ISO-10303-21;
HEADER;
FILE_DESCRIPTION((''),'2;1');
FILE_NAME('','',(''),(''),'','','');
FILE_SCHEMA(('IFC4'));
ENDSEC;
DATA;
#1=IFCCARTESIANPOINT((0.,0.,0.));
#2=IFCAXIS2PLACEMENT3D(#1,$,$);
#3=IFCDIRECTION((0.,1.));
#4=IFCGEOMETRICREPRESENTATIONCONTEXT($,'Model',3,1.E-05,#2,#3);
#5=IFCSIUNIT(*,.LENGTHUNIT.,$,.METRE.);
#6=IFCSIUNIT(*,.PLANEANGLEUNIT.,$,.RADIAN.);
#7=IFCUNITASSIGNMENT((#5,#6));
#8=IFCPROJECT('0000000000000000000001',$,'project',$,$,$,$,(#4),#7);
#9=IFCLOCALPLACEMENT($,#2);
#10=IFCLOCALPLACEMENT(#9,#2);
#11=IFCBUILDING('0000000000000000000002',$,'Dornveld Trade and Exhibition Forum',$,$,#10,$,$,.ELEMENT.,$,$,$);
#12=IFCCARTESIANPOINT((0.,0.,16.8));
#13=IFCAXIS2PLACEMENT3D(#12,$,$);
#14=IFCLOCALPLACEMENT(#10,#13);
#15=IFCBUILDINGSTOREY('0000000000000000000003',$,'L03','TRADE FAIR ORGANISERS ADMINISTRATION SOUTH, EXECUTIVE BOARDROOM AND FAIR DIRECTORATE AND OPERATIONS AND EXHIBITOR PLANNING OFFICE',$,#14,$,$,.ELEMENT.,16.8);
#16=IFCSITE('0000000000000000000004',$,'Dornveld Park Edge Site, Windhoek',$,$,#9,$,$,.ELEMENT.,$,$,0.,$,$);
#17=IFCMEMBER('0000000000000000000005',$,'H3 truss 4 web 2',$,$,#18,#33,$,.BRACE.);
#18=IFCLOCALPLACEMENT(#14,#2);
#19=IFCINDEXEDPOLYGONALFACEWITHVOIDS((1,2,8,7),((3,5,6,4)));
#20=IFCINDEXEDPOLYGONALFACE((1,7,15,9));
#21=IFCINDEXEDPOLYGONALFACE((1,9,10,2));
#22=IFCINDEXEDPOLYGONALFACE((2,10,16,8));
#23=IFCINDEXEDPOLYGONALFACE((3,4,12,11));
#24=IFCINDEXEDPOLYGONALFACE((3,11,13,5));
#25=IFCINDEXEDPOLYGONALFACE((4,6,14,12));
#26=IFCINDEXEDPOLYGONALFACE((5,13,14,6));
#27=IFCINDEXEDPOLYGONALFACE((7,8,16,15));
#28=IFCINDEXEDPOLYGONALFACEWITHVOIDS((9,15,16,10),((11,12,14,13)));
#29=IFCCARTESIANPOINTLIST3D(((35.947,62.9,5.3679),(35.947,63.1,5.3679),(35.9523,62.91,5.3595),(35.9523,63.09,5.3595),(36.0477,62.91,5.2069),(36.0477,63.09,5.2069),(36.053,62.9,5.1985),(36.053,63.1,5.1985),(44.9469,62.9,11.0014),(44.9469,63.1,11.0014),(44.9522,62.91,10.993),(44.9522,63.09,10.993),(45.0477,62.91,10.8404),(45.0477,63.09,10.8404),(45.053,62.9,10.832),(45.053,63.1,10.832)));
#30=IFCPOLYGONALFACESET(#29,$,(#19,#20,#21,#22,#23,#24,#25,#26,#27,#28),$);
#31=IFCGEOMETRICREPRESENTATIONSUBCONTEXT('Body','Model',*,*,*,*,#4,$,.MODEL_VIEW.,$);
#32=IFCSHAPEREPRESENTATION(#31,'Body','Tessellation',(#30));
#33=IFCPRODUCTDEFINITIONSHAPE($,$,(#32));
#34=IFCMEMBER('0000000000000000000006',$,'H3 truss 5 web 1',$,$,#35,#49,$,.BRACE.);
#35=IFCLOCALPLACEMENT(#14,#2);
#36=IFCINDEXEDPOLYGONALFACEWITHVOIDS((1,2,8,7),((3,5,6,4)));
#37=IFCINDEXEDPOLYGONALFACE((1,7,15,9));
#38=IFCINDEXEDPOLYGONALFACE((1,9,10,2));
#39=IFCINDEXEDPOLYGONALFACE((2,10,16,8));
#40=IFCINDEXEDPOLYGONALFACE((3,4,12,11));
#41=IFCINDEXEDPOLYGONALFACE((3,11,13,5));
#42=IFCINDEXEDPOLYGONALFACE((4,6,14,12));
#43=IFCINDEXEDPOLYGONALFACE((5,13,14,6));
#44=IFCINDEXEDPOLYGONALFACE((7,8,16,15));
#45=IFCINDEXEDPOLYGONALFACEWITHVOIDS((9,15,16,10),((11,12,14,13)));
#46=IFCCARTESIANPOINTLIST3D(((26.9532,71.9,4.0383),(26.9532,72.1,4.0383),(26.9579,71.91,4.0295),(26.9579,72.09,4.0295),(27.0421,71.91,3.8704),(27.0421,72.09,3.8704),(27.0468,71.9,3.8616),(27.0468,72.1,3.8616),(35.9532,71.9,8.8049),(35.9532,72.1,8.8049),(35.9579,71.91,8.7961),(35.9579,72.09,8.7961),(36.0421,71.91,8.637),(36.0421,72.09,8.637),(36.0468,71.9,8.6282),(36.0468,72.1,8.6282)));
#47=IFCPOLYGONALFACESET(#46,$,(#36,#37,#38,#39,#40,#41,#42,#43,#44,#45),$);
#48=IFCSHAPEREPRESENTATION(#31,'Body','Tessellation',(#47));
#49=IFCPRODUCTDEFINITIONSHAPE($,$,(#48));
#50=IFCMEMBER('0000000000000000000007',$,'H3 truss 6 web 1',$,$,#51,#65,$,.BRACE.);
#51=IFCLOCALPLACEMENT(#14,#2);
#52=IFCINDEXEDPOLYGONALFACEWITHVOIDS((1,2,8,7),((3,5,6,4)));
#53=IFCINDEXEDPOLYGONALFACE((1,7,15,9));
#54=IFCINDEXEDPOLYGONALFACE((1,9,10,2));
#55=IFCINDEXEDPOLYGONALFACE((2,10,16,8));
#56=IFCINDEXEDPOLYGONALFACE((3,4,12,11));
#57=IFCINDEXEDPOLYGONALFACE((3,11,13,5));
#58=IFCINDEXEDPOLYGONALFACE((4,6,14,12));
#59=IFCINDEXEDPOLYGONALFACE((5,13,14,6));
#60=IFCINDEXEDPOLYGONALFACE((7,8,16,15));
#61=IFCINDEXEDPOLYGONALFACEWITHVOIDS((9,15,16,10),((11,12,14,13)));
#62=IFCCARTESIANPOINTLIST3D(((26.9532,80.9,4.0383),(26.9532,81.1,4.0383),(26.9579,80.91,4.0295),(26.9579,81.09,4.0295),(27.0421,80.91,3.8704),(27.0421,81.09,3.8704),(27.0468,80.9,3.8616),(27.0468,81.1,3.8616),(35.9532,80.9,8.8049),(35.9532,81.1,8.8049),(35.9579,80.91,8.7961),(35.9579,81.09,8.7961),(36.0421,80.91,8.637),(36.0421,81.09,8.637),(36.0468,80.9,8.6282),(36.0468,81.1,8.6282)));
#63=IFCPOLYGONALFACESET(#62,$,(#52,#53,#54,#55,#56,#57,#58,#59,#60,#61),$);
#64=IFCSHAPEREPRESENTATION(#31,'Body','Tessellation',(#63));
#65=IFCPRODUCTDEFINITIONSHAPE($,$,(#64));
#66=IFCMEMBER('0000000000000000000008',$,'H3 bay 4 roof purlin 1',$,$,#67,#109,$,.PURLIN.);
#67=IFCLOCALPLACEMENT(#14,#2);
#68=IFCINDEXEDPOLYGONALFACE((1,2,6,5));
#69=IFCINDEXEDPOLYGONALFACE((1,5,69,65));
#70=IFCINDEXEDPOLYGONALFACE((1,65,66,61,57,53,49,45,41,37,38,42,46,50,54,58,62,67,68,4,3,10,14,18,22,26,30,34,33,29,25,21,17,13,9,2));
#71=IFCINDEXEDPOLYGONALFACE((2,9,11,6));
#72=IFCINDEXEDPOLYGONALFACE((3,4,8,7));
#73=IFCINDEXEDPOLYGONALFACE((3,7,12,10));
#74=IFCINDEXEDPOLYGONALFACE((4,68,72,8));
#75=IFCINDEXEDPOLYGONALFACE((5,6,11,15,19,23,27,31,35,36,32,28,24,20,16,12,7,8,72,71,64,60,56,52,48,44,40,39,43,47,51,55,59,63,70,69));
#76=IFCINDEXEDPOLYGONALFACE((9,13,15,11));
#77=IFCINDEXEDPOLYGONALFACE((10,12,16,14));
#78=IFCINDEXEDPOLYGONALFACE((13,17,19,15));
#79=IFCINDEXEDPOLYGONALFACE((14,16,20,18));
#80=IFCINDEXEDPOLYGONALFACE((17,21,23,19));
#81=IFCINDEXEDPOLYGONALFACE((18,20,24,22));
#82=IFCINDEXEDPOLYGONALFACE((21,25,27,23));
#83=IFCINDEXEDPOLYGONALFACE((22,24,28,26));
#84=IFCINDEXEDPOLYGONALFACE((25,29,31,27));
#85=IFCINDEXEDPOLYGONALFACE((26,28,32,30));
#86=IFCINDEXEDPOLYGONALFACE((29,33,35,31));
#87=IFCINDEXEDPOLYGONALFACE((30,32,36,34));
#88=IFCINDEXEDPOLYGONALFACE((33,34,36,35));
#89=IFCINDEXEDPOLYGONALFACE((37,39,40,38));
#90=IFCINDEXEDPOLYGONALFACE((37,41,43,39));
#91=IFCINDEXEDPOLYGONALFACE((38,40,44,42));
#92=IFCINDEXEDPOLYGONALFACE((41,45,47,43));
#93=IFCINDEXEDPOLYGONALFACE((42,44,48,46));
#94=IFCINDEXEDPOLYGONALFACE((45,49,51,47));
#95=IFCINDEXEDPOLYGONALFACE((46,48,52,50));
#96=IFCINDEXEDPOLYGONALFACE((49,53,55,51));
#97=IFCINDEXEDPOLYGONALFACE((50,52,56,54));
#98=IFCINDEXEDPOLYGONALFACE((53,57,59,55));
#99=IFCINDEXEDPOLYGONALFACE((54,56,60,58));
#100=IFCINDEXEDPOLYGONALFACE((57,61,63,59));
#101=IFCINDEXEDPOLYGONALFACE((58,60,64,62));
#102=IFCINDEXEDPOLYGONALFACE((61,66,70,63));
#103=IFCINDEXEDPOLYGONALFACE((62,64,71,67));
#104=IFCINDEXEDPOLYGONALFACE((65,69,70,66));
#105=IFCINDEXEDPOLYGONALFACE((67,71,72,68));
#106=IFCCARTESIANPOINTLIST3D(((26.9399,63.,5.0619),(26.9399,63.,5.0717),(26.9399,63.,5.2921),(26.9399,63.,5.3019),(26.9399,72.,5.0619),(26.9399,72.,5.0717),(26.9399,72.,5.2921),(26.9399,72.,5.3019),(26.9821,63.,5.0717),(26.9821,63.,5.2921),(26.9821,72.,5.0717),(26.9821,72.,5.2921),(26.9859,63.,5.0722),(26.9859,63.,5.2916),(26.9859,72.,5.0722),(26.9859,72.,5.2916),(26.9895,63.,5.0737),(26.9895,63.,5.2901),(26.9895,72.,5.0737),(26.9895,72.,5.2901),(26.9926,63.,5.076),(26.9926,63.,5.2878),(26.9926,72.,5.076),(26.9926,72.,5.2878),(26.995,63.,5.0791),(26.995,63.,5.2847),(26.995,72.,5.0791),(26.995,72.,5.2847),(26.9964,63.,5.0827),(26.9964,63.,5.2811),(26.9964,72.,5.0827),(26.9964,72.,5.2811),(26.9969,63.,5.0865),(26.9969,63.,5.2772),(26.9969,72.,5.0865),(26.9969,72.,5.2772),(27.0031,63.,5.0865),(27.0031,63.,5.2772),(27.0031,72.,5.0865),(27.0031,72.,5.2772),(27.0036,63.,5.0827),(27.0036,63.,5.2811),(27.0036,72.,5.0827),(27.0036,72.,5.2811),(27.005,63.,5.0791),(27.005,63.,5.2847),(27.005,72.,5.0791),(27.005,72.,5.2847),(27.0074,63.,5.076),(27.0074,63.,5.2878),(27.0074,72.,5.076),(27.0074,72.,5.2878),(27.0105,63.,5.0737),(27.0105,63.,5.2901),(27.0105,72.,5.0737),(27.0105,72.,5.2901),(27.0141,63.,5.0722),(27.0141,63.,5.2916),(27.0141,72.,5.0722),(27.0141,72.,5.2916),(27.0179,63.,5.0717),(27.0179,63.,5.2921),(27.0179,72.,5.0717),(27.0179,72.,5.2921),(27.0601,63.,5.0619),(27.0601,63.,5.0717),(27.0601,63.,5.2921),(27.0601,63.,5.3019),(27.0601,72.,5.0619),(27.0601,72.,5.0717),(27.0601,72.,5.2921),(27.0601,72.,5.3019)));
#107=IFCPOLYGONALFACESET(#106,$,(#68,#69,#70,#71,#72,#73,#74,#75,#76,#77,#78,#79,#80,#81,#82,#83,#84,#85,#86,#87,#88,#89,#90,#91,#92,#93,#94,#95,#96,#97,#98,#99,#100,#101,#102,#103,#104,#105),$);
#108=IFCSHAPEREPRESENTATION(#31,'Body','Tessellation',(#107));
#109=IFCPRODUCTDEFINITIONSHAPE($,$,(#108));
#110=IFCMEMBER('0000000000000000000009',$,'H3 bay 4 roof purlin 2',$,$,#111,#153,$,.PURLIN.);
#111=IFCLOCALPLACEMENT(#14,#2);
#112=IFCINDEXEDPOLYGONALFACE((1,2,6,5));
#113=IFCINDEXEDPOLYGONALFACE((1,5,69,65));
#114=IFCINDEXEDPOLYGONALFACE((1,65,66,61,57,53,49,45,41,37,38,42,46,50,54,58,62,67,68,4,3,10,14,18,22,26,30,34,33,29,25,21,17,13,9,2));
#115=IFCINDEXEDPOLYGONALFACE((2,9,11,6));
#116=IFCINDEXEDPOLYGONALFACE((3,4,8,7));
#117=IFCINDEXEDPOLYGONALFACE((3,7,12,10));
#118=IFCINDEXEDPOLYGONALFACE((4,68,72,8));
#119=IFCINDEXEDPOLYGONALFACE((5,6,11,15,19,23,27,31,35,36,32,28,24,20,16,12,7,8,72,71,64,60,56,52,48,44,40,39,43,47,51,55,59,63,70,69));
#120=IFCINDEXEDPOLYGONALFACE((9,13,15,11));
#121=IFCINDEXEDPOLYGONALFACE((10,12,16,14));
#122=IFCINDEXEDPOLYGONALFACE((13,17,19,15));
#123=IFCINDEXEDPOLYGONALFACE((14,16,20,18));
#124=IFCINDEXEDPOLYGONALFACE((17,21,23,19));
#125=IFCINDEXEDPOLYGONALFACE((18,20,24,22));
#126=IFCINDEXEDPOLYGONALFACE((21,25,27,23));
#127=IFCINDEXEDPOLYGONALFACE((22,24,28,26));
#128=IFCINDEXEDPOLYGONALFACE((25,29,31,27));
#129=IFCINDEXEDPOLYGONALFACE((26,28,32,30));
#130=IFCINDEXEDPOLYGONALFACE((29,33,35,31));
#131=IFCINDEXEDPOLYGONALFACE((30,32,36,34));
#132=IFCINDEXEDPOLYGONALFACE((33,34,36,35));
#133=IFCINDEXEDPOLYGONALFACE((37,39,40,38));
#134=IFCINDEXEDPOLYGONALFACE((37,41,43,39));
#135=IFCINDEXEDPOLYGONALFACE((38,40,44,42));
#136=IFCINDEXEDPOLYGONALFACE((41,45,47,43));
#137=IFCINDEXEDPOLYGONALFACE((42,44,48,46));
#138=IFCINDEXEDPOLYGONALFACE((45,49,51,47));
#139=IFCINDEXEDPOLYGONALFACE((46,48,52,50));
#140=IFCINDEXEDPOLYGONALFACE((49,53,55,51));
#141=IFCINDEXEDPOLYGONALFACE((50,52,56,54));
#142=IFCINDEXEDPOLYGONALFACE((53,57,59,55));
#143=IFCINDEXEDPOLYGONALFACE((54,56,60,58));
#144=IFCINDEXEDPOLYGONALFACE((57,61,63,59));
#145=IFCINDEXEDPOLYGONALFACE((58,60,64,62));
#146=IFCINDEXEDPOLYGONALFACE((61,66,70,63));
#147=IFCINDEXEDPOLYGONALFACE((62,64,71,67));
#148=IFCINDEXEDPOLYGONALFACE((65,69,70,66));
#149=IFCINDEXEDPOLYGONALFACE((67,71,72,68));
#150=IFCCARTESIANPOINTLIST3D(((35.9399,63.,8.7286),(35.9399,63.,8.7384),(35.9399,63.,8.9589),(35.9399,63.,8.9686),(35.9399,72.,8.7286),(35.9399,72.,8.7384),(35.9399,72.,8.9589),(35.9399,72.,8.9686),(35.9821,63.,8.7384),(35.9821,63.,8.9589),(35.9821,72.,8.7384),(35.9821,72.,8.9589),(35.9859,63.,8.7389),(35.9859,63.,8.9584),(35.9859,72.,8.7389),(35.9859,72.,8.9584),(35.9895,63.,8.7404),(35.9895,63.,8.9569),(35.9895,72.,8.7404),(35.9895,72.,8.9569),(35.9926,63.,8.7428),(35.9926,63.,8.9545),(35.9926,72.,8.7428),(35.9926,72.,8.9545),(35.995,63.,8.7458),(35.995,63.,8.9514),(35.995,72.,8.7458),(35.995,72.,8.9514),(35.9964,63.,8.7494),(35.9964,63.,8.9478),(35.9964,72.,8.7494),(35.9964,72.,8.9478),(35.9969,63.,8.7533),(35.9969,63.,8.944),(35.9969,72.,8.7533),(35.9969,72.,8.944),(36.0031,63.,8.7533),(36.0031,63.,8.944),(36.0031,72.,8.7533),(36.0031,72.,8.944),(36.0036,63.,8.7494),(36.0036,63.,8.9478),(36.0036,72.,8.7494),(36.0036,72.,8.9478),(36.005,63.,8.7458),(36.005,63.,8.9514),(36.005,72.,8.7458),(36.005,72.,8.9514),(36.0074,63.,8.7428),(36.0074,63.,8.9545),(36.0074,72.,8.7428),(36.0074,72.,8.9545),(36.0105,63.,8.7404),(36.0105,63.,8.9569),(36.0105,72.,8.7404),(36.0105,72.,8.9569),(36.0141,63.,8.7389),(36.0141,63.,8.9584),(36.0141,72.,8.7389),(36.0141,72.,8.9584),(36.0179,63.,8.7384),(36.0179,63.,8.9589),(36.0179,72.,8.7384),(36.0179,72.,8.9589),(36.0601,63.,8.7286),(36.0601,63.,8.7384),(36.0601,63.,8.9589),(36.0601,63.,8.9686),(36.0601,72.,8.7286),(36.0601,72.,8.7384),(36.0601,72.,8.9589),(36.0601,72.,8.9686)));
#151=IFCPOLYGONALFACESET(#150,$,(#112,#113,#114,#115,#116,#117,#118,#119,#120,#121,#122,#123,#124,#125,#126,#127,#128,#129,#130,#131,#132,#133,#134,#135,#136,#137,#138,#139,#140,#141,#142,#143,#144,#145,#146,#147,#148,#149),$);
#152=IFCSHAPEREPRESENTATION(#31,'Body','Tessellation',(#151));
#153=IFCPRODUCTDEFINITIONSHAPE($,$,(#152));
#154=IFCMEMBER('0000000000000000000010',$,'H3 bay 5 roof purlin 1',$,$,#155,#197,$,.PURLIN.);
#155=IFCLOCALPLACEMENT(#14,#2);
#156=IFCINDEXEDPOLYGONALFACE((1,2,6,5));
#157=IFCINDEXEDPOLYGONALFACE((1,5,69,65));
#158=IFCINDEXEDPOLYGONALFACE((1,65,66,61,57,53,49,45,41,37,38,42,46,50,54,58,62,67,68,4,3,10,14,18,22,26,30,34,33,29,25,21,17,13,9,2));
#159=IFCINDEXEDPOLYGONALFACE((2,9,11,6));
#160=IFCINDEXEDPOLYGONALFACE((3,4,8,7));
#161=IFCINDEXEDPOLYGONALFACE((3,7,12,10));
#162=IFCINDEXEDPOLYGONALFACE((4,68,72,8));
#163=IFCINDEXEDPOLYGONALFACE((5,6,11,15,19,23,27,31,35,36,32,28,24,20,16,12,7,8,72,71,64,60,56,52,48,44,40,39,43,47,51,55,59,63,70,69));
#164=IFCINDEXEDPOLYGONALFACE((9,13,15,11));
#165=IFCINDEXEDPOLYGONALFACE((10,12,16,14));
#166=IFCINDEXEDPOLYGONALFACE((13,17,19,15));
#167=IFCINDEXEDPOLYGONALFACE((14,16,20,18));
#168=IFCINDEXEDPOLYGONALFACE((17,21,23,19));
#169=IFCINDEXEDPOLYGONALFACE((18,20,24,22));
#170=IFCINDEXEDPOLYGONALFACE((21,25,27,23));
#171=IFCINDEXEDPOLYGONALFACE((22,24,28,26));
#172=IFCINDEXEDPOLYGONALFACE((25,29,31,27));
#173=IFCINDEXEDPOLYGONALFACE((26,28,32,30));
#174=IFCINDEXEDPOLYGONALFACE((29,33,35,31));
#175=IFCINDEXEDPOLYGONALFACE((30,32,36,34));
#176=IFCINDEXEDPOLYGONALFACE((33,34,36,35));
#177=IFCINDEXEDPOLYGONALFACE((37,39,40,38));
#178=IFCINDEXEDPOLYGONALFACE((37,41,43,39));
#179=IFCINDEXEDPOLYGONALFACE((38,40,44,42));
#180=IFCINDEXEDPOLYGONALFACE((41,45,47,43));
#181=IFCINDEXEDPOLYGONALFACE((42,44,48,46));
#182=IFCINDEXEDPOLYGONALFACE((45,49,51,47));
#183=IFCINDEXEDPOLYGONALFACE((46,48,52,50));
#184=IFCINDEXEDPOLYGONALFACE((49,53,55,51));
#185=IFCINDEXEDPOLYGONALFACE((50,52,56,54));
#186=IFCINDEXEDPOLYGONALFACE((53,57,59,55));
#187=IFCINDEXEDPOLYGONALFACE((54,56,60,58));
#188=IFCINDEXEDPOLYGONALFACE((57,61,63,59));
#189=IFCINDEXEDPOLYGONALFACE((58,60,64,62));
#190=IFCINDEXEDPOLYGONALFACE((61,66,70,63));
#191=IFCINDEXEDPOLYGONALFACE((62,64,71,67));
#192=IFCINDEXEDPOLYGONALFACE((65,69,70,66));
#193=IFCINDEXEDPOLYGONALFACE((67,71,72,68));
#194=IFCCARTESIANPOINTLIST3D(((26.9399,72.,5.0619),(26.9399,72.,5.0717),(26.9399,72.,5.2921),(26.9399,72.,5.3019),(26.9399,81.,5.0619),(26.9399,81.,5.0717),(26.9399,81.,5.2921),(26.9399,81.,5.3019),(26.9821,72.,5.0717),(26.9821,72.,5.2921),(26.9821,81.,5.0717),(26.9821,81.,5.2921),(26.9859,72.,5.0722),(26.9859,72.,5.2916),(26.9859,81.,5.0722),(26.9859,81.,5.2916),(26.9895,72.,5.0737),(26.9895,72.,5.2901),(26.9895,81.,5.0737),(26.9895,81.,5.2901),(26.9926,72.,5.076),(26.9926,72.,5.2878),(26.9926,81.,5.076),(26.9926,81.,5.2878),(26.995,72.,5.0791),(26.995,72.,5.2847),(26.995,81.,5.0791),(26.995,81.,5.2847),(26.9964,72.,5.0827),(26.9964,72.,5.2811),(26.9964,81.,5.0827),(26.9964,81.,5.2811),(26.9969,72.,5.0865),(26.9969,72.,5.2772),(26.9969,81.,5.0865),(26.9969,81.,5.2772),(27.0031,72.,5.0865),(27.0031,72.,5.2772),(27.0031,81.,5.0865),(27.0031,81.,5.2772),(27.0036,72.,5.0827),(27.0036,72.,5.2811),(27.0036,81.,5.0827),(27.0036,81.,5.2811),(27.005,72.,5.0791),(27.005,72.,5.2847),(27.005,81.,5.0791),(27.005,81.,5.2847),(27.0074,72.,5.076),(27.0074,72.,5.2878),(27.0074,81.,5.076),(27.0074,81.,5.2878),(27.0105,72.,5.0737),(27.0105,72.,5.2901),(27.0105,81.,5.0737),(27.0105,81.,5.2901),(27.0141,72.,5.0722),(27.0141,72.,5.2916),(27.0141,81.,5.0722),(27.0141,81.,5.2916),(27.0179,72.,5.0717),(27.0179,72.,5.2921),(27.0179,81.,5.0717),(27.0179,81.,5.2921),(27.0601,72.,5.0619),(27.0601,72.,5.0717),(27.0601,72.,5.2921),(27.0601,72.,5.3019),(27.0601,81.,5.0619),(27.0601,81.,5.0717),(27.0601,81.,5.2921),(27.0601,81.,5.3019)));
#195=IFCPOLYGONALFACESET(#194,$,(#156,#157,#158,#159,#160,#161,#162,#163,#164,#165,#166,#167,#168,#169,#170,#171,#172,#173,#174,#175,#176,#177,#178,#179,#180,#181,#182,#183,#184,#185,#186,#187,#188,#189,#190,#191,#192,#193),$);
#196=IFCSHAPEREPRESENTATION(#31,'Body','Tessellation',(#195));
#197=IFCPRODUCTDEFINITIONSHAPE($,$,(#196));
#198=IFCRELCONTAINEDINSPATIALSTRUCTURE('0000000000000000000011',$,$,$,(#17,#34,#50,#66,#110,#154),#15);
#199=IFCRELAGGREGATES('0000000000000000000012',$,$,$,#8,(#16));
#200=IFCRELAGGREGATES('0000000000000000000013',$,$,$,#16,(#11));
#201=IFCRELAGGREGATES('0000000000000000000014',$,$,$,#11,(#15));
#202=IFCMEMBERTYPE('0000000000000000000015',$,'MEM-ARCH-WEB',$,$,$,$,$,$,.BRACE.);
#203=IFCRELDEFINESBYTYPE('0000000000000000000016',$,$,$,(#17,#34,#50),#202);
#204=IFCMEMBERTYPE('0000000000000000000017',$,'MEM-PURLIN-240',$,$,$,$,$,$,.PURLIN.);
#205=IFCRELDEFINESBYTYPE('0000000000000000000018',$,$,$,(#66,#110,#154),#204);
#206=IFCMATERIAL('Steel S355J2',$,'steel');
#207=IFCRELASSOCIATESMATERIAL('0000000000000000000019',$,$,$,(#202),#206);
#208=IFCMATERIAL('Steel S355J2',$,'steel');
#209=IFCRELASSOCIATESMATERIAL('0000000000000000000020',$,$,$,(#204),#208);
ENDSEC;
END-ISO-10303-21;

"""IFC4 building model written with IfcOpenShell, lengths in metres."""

from ifc_helpers import new_model, si_unit, direction, frame, origin, origin_2d, place, context, subcontext, project, spatial, hollow_rectangle, i_section, extrude, material, material_profile, profile_set, type_object, element, save


model = new_model("IFC4")

# Units and contexts
model_context = context("Model", 3, precision=1e-05, world=origin(), true_north=direction((0.0, 1.0)))
body_context = subcontext(model_context, "Body", "Model", "MODEL_VIEW")
ifc_project = project(units=[si_unit("LENGTHUNIT", "METRE"), si_unit("PLANEANGLEUNIT", "RADIAN")], contexts=[model_context])

# Site, building, storey
site_placement = place(None, origin())
site = spatial("IfcSite", under=ifc_project, at=site_placement, Name="Dornveld Park Edge Site, Windhoek", CompositionType="ELEMENT", RefElevation=0.0)
building_placement = place(site_placement, origin())
building = spatial("IfcBuilding", under=site, at=building_placement, Name="Dornveld Trade and Exhibition Forum", CompositionType="ELEMENT")
storey_placement = place(building_placement, frame((0.0, 0.0, 16.8)))
storey = spatial("IfcBuildingStorey", under=building, at=storey_placement, Name="L03", Description="TRADE FAIR ORGANISERS ADMINISTRATION SOUTH, EXECUTIVE BOARDROOM AND FAIR DIRECTORATE AND OPERATIONS AND EXHIBITOR PLANNING OFFICE", CompositionType="ELEMENT", Elevation=16.8)

# Members
ifc_material_1 = material(Name="Steel S355J2", Category="steel")
ifc_material_profile_1 = material_profile(ifc_material_1, hollow_rectangle(XDim=0.2, YDim=0.2, WallThickness=0.01, at=origin_2d()), Name="SHS 200x200x10")
ifc_profile_set_1 = profile_set([ifc_material_profile_1], Name="Steel S355J2")
member_type_1 = type_object("IfcMemberType", Name="MEM-ARCH-WEB", PredefinedType="BRACE", material=ifc_profile_set_1)
member_1_placement = place(storey_placement, frame((36.0, 63.0, 5.2832), z_axis=(0.847636, 0.0, 0.530578), x_axis=(0.0, 1.0, 0.0)))
element("IfcMember", 1, at=member_1_placement, inside=storey, type_object=member_type_1, Name="H3 truss 4 web 2", PredefinedType="BRACE", context=body_context, shape_type="SweptSolid", body=[
    extrude(hollow_rectangle(XDim=0.2, YDim=0.2, WallThickness=0.01, at=origin_2d()), origin(), (0.0, 0.0, 1.0), 10.6177),
])
for number, where, z_axis, x_axis, name in (
    (2, (27.0, 72.0, 3.95), (0.883711, 0.0, 0.468033), (0.0, 1.0, 0.0), "H3 truss 5 web 1"),
    (3, (27.0, 81.0, 3.95), (0.883711, 0.0, 0.468033), (0.0, 1.0, 0.0), "H3 truss 6 web 1"),
):
    element("IfcMember", number, at=place(storey_placement, frame(where, z_axis=z_axis, x_axis=x_axis)), inside=storey, type_object=member_type_1, Name=name, PredefinedType="BRACE", context=body_context, shape_type="SweptSolid", body=[
        extrude(hollow_rectangle(XDim=0.2, YDim=0.2, WallThickness=0.01, at=origin_2d()), origin(), (0.0, 0.0, 1.0), 10.1843),
    ])
ifc_material_2 = material(Name="Steel S355J2", Category="steel")
ifc_material_profile_2 = material_profile(ifc_material_2, i_section(OverallWidth=0.1201, OverallDepth=0.24, WebThickness=0.0061, FlangeThickness=0.0098, FilletRadius=0.0149, at=origin_2d()), Name="IPE 240")
ifc_profile_set_2 = profile_set([ifc_material_profile_2], Name="Steel S355J2")
member_type_2 = type_object("IfcMemberType", Name="MEM-PURLIN-240", PredefinedType="PURLIN", material=ifc_profile_set_2)
for number, where, z_axis, x_axis, name in (
    (4, (27.0, 63.0, 5.1819), (0.0, 1.0, 0.0), (-1.0, 0.0, 0.0), "H3 bay 4 roof purlin 1"),
    (5, (36.0, 63.0, 8.8486), (0.0, 1.0, 0.0), (-1.0, 0.0, 0.0), "H3 bay 4 roof purlin 2"),
    (6, (27.0, 72.0, 5.1819), (0.0, 1.0, 0.0), (-1.0, 0.0, 0.0), "H3 bay 5 roof purlin 1"),
):
    element("IfcMember", number, at=place(storey_placement, frame(where, z_axis=z_axis, x_axis=x_axis)), inside=storey, type_object=member_type_2, Name=name, PredefinedType="PURLIN", context=body_context, shape_type="SweptSolid", body=[
        extrude(i_section(OverallWidth=0.1201, OverallDepth=0.24, WebThickness=0.0061, FlangeThickness=0.0098, FilletRadius=0.0149, at=origin_2d()), origin(), (0.0, 0.0, 1.0), 9.0),
    ])

save(model, "model.ifc")
